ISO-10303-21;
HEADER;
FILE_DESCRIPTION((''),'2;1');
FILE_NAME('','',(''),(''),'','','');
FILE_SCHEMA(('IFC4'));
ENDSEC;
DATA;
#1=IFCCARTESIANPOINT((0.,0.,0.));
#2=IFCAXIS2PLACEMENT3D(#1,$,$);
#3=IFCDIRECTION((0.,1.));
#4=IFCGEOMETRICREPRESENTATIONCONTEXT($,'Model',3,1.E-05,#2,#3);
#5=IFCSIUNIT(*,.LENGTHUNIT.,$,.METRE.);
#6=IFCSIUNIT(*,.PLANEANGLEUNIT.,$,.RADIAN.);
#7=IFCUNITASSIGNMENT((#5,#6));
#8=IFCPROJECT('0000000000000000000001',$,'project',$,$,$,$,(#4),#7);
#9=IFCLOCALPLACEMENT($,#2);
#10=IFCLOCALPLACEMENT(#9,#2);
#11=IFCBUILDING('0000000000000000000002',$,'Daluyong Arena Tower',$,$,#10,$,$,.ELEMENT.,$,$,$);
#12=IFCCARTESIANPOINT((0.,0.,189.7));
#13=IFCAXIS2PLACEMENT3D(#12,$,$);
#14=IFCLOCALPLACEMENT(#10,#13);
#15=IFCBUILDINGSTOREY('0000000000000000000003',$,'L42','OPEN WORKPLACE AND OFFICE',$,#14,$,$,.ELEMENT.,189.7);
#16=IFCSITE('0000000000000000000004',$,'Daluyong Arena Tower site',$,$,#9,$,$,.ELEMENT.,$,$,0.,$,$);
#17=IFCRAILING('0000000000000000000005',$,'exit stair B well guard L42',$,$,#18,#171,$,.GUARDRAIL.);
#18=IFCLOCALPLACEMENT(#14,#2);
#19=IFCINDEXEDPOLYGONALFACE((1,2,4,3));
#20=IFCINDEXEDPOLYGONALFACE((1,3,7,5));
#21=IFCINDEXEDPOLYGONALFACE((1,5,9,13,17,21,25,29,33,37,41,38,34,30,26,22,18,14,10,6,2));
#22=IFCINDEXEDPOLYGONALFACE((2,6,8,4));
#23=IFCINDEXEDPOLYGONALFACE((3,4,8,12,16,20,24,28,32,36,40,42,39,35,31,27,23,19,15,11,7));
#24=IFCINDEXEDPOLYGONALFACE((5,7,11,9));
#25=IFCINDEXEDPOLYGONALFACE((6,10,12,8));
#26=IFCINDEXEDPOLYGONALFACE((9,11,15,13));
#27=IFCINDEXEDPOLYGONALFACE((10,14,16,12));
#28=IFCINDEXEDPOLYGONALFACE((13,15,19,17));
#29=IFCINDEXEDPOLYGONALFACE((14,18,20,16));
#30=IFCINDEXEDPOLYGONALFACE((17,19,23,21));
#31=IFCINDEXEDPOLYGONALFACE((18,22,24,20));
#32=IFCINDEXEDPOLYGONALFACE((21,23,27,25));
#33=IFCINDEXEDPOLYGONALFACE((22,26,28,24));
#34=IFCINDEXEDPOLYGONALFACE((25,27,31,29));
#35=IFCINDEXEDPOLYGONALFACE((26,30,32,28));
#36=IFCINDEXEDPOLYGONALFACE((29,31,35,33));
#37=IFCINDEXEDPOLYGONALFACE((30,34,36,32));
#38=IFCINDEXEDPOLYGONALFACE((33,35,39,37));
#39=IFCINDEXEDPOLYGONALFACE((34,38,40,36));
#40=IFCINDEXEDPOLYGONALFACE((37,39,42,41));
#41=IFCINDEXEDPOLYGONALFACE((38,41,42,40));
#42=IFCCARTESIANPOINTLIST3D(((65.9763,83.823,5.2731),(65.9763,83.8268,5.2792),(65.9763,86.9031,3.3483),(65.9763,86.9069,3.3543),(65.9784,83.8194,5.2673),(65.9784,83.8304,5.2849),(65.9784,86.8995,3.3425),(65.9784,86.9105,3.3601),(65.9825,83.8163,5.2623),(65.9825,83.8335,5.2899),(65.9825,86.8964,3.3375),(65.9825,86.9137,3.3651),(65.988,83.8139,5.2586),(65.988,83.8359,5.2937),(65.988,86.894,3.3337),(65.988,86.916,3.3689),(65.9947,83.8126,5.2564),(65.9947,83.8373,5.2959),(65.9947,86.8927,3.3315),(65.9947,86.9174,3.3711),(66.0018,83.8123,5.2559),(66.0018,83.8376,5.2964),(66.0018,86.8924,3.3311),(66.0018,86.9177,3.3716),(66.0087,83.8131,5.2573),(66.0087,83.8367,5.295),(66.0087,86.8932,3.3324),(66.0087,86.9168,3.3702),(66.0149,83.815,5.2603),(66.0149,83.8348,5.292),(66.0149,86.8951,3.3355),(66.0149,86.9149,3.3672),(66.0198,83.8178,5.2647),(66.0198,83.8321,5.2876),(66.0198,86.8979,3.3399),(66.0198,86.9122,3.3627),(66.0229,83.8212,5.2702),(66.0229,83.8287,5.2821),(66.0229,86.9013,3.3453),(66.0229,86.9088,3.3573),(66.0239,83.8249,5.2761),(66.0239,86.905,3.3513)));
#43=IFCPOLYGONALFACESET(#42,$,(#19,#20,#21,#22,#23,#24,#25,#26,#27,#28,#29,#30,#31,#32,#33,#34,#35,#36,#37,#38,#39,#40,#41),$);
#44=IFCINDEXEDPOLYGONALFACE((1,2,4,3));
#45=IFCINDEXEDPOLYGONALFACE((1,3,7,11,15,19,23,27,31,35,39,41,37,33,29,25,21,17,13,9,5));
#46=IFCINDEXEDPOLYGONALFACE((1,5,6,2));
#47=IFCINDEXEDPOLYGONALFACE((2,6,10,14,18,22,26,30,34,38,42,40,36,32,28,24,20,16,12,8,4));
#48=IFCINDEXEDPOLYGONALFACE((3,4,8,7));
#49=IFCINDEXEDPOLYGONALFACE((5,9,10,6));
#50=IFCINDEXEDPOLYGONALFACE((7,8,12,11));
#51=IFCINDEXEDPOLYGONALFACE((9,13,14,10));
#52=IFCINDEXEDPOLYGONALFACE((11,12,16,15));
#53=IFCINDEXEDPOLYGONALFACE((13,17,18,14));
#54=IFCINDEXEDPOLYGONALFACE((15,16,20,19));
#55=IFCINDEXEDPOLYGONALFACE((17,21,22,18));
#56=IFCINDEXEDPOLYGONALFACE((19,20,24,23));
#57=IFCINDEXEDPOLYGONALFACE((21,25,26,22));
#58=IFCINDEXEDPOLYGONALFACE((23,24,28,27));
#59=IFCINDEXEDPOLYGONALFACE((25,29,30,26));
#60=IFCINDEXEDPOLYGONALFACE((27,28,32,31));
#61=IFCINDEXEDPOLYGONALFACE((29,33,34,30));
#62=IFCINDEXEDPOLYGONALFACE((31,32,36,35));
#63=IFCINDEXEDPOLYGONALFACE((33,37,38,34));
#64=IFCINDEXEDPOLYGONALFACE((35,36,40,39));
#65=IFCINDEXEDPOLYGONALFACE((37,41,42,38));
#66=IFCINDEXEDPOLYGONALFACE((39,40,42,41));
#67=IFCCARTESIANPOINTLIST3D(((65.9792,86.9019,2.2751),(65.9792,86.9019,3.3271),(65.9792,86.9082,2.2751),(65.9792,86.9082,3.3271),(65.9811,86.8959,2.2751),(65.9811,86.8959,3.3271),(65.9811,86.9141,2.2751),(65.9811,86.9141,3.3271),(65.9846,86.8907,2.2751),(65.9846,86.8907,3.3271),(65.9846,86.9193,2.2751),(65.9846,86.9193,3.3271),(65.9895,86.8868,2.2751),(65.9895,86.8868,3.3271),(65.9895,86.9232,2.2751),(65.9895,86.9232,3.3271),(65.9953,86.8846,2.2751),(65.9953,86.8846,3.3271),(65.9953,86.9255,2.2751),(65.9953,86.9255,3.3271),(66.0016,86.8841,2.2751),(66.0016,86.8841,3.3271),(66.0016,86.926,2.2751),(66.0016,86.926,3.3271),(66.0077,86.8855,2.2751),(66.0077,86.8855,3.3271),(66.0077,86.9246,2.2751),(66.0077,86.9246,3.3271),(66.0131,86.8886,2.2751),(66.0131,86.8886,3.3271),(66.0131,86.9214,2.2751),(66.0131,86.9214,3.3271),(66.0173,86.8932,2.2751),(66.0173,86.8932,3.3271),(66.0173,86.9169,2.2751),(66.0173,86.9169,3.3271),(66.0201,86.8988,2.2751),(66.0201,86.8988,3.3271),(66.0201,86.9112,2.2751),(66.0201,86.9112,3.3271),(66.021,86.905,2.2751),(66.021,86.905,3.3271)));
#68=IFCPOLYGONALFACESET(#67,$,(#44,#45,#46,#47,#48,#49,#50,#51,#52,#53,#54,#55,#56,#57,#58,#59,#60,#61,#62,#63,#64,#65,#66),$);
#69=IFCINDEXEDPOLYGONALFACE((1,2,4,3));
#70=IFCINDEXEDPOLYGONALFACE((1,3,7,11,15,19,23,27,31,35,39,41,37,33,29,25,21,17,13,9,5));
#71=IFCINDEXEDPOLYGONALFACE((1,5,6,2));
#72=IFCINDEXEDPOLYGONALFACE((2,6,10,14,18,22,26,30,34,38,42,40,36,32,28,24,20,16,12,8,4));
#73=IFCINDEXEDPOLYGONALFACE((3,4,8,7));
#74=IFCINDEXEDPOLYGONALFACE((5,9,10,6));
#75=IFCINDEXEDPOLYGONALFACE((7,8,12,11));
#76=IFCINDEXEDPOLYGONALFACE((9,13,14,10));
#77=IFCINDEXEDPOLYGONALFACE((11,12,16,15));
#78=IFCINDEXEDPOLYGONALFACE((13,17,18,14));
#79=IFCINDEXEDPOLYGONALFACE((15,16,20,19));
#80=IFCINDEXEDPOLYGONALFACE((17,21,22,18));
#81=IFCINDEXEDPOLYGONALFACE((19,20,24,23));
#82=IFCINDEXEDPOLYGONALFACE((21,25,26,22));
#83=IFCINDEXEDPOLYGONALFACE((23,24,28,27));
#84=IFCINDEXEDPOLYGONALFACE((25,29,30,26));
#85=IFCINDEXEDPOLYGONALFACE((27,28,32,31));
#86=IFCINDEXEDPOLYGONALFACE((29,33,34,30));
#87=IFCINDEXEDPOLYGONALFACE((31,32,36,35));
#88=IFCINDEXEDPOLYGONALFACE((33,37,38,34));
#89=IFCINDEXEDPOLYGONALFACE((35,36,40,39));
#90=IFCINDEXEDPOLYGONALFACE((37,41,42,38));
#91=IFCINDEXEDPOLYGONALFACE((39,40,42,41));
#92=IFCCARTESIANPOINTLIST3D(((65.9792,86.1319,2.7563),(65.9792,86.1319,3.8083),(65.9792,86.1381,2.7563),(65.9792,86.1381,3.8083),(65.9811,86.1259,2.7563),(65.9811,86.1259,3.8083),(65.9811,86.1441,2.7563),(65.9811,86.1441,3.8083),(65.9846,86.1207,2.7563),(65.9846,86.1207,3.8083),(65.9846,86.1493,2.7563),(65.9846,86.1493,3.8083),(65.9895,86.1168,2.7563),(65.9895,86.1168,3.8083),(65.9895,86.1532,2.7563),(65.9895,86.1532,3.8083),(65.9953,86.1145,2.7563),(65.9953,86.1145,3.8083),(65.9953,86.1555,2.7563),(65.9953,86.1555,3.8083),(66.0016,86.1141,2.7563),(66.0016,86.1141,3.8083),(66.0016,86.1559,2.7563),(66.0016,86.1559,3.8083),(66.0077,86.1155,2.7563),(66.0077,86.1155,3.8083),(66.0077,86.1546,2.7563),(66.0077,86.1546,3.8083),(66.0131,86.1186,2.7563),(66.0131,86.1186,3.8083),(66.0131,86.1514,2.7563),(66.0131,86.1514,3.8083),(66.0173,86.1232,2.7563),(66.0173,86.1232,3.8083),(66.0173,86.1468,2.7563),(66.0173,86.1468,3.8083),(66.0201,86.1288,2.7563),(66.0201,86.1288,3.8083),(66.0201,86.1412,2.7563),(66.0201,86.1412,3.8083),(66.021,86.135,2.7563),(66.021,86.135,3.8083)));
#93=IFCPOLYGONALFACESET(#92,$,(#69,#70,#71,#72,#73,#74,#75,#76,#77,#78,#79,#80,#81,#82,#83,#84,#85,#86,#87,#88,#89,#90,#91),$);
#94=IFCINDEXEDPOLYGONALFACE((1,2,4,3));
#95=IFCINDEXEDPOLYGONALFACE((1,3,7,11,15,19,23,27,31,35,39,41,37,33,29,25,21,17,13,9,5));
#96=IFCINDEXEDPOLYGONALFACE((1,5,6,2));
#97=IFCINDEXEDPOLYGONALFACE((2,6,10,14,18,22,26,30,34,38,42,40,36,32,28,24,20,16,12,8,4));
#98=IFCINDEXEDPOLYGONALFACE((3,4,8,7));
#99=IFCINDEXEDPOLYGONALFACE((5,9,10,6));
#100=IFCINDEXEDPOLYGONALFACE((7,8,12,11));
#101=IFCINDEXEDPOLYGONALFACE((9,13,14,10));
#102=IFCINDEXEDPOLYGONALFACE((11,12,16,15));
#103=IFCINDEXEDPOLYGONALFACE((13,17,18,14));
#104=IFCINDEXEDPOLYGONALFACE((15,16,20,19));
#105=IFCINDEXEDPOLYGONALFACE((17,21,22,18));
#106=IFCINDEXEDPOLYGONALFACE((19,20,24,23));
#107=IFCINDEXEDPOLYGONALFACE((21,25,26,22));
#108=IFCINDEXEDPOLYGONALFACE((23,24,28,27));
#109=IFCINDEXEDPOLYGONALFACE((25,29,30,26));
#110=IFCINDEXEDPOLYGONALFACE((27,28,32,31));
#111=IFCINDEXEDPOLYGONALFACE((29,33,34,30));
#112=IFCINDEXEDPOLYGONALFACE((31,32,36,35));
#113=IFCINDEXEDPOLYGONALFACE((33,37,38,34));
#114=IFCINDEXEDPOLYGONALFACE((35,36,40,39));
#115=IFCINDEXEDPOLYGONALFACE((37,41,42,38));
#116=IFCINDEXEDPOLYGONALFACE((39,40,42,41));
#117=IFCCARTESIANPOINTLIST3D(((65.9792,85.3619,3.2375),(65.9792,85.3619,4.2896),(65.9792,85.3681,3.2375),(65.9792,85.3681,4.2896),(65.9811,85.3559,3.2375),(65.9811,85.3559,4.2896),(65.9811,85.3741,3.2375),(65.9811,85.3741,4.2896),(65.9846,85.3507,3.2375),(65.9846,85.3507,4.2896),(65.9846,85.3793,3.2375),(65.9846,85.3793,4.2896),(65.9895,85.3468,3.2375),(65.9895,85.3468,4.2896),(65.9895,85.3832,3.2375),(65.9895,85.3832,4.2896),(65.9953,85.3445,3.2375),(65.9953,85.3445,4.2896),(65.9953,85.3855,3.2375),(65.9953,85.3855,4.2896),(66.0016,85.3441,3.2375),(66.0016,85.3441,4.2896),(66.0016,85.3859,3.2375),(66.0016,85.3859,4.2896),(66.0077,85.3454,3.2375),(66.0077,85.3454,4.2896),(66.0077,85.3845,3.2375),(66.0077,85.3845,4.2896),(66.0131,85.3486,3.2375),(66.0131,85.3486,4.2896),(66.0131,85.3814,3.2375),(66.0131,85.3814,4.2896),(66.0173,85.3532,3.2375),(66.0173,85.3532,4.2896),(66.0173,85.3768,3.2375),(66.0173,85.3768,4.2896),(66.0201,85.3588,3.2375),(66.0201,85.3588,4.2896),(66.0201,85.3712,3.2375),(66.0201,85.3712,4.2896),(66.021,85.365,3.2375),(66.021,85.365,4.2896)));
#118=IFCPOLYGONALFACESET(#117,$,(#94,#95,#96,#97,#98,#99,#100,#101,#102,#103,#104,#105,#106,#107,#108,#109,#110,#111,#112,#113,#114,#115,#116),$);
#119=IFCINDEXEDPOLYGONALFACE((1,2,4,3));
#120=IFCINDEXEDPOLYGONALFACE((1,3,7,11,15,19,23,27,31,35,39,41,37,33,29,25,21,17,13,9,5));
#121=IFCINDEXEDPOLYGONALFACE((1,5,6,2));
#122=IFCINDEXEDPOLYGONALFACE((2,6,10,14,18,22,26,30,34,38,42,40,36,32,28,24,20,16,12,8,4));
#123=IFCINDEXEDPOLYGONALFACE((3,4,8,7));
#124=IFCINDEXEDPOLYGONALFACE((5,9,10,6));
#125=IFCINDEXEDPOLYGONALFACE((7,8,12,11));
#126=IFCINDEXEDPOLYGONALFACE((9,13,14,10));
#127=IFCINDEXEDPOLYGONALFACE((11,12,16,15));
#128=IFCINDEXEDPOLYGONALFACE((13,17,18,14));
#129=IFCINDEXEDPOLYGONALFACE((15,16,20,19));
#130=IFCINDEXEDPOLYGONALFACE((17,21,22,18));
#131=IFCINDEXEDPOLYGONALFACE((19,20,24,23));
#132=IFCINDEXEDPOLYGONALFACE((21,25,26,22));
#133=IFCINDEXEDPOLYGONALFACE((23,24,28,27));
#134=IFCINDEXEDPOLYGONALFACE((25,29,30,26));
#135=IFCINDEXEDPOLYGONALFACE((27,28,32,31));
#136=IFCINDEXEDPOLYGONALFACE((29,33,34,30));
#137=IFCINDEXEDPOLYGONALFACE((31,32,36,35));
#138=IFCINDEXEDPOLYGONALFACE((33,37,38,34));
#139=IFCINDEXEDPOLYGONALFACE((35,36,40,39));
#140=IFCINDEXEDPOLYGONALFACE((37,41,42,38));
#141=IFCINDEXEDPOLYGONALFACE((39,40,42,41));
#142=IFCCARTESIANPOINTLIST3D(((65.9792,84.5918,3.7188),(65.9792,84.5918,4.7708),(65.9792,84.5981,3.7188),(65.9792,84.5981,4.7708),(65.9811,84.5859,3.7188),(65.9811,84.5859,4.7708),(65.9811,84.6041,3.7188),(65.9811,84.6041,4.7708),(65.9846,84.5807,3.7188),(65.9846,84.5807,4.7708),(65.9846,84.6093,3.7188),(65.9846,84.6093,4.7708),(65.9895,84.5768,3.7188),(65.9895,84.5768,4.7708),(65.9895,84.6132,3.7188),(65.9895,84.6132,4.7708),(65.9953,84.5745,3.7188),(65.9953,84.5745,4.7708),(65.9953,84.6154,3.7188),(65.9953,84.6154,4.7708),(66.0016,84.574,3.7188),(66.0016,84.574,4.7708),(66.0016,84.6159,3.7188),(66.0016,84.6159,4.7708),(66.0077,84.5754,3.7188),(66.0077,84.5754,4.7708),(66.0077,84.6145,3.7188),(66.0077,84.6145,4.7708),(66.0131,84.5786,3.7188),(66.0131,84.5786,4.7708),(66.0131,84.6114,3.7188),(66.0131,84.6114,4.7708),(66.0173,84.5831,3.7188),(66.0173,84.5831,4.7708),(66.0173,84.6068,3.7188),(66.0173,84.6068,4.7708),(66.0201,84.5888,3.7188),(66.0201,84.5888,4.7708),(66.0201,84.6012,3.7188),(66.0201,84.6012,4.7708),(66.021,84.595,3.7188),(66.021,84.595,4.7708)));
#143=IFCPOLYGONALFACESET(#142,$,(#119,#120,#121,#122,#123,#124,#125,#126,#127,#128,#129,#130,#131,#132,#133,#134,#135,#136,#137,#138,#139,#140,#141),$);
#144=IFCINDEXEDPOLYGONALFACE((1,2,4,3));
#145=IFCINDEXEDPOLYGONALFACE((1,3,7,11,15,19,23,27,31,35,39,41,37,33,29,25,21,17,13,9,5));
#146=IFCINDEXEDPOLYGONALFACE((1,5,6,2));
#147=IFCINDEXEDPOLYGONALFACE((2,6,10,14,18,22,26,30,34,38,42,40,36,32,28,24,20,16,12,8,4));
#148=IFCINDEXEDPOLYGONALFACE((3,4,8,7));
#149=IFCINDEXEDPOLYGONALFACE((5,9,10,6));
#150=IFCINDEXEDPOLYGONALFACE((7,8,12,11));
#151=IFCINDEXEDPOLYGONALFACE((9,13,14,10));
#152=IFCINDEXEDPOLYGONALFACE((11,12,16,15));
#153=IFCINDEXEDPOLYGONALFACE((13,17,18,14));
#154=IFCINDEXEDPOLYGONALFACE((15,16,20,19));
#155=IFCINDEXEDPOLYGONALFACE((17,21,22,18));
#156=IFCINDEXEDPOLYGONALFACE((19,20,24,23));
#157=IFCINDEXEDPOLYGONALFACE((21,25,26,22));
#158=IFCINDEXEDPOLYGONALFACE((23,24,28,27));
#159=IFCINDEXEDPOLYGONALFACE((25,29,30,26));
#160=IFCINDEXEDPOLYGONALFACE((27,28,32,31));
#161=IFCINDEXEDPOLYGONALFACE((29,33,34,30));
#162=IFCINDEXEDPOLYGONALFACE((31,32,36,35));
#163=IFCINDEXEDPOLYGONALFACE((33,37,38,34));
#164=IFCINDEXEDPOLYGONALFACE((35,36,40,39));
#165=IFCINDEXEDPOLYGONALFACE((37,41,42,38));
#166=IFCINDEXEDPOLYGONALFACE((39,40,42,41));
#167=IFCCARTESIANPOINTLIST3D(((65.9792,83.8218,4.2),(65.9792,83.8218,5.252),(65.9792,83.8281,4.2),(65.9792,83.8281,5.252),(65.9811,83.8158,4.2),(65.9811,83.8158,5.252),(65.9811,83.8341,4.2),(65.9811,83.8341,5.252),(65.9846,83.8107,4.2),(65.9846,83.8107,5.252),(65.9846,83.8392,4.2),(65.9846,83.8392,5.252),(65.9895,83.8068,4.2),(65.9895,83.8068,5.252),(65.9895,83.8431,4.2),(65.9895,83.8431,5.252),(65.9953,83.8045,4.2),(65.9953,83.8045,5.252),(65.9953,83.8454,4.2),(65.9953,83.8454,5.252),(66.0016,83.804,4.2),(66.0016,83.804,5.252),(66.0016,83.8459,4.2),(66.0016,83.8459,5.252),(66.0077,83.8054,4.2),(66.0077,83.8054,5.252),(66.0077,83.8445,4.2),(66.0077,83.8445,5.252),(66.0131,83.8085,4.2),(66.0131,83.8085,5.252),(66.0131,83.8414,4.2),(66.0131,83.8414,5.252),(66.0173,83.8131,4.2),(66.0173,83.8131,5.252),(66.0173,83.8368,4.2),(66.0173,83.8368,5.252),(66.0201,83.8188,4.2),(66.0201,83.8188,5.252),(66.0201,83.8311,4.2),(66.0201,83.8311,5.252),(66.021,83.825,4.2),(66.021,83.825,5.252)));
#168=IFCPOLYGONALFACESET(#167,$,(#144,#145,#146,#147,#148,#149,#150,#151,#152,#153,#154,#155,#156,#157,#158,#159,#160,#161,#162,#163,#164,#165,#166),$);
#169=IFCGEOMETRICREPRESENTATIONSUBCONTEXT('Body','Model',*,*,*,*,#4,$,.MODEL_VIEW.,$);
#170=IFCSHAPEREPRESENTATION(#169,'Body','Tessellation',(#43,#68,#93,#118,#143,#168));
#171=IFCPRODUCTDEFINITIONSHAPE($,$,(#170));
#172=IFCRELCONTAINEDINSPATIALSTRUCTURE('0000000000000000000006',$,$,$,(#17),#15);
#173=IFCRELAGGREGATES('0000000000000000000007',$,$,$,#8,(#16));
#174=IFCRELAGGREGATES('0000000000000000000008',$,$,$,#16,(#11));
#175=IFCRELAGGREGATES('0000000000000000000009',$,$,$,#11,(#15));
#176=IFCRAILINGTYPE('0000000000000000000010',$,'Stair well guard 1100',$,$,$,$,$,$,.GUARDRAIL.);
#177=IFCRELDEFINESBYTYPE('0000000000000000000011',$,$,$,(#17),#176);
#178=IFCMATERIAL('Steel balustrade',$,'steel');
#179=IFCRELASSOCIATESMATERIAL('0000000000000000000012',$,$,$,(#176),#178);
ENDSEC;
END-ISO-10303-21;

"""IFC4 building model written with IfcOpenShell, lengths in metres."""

from ifc_helpers import new_model, si_unit, direction, frame, origin, origin_2d, place, context, subcontext, project, spatial, circle, extrude, material, type_object, element, save


model = new_model("IFC4")

# Units and contexts
model_context = context("Model", 3, precision=1e-05, world=origin(), true_north=direction((0.0, 1.0)))
body_context = subcontext(model_context, "Body", "Model", "MODEL_VIEW")
ifc_project = project(units=[si_unit("LENGTHUNIT", "METRE"), si_unit("PLANEANGLEUNIT", "RADIAN")], contexts=[model_context])

# Site, building, storey
site_placement = place(None, origin())
site = spatial("IfcSite", under=ifc_project, at=site_placement, Name="Daluyong Arena Tower site", CompositionType="ELEMENT", RefElevation=0.0)
building_placement = place(site_placement, origin())
building = spatial("IfcBuilding", under=site, at=building_placement, Name="Daluyong Arena Tower", CompositionType="ELEMENT")
storey_placement = place(building_placement, frame((0.0, 0.0, 189.7)))
storey = spatial("IfcBuildingStorey", under=building, at=storey_placement, Name="L42", Description="OPEN WORKPLACE AND OFFICE", CompositionType="ELEMENT", Elevation=189.7)

# Railing
ifc_material_1 = material(Name="Steel balustrade", Category="steel")
railing_type_1 = type_object("IfcRailingType", Name="Stair well guard 1100", PredefinedType="GUARDRAIL", material=ifc_material_1)
railing_1_placement = place(storey_placement, frame((66.0, 86.905, 2.2751)))
element("IfcRailing", 1, at=railing_1_placement, inside=storey, type_object=railing_type_1, Name="exit stair B well guard L42", PredefinedType="GUARDRAIL", context=body_context, shape_type="SweptSolid", body=[
    extrude(circle(Radius=0.0239, at=origin_2d()), frame((0.0, 0.0, 1.0762), z_axis=(0.0, -0.848029, 0.529951), x_axis=(1.0, 0.0, 0.0)), (0.0, 0.0, 1.0), 3.6321),
    extrude(circle(Radius=0.021, at=origin_2d()), origin(), (0.0, 0.0, 1.0), 1.052),
    extrude(circle(Radius=0.021, at=origin_2d()), frame((0.0, -0.77, 0.4812)), (0.0, 0.0, 1.0), 1.052),
    extrude(circle(Radius=0.021, at=origin_2d()), frame((0.0, -1.54, 0.9624)), (0.0, 0.0, 1.0), 1.052),
    extrude(circle(Radius=0.021, at=origin_2d()), frame((0.0, -2.3101, 1.4436)), (0.0, 0.0, 1.0), 1.052),
    extrude(circle(Radius=0.021, at=origin_2d()), frame((0.0, -3.0801, 1.9248)), (0.0, 0.0, 1.0), 1.052),
])

save(model, "model.ifc")
